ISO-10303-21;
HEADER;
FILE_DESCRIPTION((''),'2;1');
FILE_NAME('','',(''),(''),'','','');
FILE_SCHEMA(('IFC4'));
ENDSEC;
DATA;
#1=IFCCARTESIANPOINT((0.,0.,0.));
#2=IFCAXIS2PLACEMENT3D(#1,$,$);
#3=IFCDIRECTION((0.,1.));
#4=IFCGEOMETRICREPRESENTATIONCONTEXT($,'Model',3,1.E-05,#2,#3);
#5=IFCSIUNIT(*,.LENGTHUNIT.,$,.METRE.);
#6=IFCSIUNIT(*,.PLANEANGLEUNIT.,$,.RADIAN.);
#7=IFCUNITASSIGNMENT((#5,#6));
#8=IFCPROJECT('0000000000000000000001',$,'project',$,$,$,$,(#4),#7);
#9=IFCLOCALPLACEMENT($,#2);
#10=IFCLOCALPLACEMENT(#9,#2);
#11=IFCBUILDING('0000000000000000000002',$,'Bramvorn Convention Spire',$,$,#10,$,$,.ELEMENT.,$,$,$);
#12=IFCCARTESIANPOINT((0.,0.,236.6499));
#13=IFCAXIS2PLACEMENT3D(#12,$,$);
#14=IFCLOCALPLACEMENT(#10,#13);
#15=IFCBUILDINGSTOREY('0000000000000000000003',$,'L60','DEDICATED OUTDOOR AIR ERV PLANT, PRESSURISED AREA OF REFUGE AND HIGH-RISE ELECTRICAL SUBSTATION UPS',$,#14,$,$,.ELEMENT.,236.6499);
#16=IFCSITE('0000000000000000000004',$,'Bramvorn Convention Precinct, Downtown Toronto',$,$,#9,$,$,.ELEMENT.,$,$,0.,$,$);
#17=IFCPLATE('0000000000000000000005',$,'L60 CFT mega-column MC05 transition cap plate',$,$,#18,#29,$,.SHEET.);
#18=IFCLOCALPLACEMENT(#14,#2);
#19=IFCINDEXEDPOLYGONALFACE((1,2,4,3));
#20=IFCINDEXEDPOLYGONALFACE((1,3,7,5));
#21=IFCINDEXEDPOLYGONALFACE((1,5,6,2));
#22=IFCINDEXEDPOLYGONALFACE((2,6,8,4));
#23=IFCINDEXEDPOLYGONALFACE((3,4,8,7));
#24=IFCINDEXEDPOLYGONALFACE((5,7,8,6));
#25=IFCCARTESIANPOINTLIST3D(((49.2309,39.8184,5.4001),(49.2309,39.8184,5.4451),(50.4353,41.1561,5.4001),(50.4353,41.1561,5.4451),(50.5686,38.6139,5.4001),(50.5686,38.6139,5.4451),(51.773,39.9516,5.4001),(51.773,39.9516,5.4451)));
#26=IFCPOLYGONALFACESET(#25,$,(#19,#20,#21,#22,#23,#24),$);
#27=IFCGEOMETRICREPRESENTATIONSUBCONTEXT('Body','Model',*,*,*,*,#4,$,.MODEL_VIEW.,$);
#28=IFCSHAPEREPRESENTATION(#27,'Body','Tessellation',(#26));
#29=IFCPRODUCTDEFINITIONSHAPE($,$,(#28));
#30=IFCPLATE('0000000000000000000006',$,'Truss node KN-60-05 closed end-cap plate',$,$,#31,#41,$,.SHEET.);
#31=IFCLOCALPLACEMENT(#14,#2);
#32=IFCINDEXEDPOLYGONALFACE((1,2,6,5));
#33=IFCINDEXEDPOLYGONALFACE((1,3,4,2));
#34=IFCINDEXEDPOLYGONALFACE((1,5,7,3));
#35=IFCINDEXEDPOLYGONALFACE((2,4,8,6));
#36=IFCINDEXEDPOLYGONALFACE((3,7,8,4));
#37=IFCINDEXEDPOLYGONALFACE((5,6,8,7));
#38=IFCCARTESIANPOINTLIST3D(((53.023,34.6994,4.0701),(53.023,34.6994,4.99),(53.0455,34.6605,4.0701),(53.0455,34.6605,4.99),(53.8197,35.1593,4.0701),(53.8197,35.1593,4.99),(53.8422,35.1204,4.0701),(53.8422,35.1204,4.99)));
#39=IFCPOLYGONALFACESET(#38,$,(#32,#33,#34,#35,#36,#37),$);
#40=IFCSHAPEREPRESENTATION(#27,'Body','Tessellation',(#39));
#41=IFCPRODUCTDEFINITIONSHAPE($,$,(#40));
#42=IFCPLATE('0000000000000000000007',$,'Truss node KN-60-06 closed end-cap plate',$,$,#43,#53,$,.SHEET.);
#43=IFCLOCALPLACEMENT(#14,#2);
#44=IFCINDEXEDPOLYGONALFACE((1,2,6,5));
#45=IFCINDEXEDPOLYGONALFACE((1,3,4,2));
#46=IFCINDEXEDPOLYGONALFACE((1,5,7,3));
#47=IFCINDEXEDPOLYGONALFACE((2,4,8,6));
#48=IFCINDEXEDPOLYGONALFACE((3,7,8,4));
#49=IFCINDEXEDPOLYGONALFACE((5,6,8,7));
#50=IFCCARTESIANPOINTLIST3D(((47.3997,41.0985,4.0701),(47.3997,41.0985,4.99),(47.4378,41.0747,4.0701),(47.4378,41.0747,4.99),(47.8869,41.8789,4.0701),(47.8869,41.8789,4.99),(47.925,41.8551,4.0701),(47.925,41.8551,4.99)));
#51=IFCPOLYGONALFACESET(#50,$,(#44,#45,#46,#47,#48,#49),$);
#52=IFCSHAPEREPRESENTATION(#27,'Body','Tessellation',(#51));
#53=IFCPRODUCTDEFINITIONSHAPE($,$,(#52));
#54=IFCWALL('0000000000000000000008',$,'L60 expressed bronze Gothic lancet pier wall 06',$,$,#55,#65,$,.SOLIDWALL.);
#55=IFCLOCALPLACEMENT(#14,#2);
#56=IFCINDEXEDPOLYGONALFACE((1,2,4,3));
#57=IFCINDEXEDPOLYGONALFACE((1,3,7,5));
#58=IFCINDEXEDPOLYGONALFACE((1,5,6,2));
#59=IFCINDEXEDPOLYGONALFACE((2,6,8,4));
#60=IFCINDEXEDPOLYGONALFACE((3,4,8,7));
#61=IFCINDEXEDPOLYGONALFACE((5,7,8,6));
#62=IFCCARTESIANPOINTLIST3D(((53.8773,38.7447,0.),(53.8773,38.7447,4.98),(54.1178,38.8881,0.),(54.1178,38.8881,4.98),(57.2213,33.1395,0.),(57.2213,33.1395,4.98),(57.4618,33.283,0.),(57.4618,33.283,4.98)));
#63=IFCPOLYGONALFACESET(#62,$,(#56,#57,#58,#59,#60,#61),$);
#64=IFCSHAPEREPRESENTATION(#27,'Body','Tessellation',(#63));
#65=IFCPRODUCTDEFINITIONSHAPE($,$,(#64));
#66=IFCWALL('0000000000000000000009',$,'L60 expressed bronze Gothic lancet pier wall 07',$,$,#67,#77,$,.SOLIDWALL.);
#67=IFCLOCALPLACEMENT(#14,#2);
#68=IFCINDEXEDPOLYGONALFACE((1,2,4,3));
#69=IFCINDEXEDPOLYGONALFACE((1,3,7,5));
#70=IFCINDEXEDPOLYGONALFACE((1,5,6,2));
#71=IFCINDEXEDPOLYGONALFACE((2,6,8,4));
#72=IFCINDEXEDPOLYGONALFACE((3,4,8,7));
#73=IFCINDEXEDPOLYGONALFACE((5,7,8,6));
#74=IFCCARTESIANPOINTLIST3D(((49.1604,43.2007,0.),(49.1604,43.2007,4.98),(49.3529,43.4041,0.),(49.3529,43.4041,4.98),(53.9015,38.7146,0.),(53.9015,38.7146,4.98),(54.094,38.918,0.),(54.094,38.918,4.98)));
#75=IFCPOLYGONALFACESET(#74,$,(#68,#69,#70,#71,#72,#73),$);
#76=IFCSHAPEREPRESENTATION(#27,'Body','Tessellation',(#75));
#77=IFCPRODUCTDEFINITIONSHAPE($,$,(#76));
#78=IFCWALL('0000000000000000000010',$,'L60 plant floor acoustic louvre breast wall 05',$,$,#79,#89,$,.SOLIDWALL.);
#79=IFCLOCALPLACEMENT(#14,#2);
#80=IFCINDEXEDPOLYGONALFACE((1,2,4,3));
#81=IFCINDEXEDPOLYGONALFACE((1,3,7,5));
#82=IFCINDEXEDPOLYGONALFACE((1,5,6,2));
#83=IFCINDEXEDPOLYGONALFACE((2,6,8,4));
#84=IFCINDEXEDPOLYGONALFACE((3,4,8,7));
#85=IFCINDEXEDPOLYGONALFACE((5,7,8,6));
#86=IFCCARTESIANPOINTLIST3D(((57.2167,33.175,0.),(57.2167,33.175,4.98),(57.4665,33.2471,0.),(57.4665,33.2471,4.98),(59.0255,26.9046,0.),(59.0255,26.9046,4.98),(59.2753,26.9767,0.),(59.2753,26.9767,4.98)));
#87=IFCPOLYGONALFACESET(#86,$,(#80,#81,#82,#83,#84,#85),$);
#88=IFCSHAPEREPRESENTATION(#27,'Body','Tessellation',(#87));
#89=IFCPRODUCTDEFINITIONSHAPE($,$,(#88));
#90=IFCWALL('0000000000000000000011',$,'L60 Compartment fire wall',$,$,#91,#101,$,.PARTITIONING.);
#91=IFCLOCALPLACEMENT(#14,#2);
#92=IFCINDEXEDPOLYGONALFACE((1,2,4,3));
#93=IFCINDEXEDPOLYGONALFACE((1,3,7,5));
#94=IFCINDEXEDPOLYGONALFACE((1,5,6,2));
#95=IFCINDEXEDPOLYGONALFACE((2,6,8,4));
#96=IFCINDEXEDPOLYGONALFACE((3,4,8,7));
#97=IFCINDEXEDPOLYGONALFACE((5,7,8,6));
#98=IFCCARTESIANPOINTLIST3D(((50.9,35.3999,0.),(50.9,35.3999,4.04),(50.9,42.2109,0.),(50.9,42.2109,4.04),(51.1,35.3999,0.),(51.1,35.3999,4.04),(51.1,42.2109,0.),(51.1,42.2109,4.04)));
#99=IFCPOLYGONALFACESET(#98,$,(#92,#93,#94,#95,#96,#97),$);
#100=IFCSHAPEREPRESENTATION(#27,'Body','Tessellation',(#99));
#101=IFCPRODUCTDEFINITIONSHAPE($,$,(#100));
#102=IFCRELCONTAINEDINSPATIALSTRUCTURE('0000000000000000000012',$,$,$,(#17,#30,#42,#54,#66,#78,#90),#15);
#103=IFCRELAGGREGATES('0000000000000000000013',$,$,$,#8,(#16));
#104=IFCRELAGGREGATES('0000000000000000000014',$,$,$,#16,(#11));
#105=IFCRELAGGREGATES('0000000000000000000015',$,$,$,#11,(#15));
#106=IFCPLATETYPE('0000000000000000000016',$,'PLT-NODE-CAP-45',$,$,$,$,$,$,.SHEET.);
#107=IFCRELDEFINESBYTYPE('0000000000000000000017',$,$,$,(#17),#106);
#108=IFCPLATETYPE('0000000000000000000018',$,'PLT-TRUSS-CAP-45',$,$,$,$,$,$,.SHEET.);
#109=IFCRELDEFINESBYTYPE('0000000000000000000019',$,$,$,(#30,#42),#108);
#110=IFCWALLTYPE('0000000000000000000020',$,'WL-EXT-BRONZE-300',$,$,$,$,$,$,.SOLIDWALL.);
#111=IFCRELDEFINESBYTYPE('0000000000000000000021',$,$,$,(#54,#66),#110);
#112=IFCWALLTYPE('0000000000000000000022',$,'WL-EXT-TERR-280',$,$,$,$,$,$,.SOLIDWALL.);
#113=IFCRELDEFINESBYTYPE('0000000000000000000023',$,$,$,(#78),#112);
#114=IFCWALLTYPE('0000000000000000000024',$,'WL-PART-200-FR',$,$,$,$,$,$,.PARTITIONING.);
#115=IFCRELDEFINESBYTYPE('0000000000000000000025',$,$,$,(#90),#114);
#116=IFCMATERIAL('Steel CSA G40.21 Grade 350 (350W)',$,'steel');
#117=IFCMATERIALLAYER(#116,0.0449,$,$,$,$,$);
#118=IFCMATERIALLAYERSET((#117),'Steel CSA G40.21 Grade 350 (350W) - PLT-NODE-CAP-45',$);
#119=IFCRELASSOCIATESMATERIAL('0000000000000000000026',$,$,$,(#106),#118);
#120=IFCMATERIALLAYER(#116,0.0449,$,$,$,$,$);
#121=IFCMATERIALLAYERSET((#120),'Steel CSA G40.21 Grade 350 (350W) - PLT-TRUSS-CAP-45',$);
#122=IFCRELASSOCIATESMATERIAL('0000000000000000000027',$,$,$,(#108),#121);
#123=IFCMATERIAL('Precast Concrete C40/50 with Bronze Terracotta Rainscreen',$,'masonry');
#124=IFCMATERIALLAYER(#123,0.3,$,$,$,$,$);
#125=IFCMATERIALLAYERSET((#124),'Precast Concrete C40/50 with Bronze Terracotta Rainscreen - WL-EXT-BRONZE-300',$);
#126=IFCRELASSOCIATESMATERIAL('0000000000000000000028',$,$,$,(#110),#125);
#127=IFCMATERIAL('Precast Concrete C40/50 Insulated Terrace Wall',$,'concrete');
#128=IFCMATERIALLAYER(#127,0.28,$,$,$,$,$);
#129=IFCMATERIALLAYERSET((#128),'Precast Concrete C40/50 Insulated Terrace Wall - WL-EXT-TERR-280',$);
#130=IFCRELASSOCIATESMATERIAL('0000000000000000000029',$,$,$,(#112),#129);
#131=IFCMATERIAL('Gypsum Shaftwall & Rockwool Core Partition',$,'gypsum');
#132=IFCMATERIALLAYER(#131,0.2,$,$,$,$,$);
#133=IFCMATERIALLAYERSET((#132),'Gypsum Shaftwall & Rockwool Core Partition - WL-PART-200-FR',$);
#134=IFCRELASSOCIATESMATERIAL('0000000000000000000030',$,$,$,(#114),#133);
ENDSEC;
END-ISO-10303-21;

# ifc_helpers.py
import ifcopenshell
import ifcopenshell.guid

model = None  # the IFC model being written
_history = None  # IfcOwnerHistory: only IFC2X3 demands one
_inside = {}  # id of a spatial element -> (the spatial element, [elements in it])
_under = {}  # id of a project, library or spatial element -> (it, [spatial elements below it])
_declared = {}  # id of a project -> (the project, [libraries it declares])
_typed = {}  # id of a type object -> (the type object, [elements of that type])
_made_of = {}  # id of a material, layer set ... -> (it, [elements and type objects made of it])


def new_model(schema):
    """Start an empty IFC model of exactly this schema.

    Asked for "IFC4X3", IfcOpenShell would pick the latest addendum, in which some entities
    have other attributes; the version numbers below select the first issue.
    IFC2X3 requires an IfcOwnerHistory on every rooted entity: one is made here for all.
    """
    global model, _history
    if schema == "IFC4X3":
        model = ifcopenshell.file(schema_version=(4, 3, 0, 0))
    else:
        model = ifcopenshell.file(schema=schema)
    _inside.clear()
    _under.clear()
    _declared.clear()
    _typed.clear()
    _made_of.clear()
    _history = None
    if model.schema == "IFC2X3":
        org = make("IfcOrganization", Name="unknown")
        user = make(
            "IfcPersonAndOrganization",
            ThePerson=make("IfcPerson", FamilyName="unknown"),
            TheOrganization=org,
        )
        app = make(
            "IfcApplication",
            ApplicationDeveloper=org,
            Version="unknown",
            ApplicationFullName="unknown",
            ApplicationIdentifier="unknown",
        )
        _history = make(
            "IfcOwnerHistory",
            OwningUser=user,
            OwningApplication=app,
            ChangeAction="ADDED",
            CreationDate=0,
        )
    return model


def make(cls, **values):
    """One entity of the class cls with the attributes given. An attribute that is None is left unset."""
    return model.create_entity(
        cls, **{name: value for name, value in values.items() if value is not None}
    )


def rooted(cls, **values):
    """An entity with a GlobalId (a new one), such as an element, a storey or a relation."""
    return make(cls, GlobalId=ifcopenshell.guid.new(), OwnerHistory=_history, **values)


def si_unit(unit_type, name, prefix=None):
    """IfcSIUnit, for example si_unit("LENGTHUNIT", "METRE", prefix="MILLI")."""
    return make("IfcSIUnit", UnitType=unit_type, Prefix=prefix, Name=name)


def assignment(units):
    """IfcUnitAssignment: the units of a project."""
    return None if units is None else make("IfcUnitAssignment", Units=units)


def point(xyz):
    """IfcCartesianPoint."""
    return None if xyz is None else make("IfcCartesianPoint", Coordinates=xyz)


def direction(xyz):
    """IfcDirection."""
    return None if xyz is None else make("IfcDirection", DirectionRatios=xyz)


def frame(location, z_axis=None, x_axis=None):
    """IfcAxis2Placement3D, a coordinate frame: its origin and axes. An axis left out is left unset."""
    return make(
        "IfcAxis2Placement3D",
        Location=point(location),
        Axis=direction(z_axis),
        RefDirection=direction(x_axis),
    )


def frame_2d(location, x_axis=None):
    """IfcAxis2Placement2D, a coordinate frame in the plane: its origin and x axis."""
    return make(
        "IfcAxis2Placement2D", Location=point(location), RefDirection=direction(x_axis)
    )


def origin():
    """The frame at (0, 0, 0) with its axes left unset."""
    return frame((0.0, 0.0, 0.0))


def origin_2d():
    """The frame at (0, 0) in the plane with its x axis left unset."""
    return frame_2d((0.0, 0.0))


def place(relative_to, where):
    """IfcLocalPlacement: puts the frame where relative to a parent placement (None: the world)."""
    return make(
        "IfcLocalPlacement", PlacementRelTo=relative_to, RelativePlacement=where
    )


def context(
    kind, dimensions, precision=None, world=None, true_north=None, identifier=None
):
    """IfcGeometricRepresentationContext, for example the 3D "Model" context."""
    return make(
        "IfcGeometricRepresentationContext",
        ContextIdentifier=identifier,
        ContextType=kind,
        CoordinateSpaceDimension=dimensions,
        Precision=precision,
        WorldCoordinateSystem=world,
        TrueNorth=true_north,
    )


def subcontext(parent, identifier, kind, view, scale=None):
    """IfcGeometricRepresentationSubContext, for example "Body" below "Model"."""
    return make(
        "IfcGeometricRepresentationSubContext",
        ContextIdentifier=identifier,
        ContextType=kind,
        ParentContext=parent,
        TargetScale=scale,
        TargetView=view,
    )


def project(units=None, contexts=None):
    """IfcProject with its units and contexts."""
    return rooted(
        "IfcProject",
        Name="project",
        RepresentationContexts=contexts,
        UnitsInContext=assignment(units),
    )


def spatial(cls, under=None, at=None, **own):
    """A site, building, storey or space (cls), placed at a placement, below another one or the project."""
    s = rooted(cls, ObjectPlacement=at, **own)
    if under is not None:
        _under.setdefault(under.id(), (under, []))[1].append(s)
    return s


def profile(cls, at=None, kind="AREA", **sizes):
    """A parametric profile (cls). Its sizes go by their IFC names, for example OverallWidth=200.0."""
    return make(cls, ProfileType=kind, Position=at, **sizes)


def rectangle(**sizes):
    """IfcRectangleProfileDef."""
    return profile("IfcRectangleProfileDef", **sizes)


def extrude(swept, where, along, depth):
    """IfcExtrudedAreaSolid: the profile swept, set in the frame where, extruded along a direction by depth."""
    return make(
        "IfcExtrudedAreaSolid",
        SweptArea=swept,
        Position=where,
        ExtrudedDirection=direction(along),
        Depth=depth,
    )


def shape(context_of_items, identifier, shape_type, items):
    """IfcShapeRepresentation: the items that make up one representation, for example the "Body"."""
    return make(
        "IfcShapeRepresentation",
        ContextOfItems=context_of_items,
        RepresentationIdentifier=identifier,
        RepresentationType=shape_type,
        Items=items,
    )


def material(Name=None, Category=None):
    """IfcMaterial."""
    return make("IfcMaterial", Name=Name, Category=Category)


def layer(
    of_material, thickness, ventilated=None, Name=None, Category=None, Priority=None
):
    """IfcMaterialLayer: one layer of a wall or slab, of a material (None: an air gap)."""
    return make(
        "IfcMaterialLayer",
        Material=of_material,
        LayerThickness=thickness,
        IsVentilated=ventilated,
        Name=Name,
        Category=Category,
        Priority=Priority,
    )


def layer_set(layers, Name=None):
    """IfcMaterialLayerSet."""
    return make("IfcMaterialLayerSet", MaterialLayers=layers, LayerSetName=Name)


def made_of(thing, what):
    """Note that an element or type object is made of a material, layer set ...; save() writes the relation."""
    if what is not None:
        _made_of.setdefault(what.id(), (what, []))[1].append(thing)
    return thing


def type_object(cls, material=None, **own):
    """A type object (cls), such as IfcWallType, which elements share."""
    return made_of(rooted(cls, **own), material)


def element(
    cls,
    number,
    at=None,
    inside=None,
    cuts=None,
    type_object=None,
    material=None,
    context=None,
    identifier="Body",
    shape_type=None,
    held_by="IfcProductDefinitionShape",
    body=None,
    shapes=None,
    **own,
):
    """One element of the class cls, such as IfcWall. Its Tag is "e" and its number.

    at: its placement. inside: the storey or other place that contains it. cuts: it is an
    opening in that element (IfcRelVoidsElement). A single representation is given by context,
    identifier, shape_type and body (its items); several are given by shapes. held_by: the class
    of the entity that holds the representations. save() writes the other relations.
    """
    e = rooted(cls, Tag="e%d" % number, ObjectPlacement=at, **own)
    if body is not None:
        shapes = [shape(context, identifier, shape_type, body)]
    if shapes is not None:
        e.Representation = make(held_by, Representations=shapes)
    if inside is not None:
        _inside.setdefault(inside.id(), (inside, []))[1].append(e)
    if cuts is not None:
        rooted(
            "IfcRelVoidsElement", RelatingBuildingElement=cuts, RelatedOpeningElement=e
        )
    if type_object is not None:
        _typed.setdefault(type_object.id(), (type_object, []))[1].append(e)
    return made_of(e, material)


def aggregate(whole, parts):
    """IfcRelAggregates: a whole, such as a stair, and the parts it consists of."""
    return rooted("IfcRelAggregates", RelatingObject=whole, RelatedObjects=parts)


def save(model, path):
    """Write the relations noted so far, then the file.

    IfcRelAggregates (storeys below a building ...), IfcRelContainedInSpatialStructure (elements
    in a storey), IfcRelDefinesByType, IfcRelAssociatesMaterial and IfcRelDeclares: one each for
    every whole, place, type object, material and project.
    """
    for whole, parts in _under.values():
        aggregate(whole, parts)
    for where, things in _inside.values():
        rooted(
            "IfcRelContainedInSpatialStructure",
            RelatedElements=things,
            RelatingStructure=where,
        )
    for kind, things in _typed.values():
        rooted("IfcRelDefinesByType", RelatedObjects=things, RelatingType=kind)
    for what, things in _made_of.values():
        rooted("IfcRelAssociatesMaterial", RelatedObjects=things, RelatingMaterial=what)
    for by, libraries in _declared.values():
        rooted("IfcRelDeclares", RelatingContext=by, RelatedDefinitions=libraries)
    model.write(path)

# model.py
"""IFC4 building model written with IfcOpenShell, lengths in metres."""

from ifc_helpers import new_model, si_unit, direction, frame, frame_2d, origin, origin_2d, place, context, subcontext, project, spatial, rectangle, extrude, material, layer, layer_set, type_object, element, save


model = new_model("IFC4")

# Units and contexts
model_context = context("Model", 3, precision=1e-05, world=origin(), true_north=direction((0.0, 1.0)))
body_context = subcontext(model_context, "Body", "Model", "MODEL_VIEW")
ifc_project = project(units=[si_unit("LENGTHUNIT", "METRE"), si_unit("PLANEANGLEUNIT", "RADIAN")], contexts=[model_context])

# Site, building, storey
site_placement = place(None, origin())
site = spatial("IfcSite", under=ifc_project, at=site_placement, Name="Bramvorn Convention Precinct, Downtown Toronto", CompositionType="ELEMENT", RefElevation=0.0)
building_placement = place(site_placement, origin())
building = spatial("IfcBuilding", under=site, at=building_placement, Name="Bramvorn Convention Spire", CompositionType="ELEMENT")
storey_placement = place(building_placement, frame((0.0, 0.0, 236.6499)))
storey = spatial("IfcBuildingStorey", under=building, at=storey_placement, Name="L60", Description="DEDICATED OUTDOOR AIR ERV PLANT, PRESSURISED AREA OF REFUGE AND HIGH-RISE ELECTRICAL SUBSTATION UPS", CompositionType="ELEMENT", Elevation=236.6499)

# Shared definitions
ifc_material_1 = material(Name="Steel CSA G40.21 Grade 350 (350W)", Category="steel")

# Plates
ifc_layer_1 = layer(ifc_material_1, 0.0449)
ifc_layer_set_1 = layer_set([ifc_layer_1], Name="Steel CSA G40.21 Grade 350 (350W) - PLT-NODE-CAP-45")
plate_type_1 = type_object("IfcPlateType", Name="PLT-NODE-CAP-45", PredefinedType="SHEET", material=ifc_layer_set_1)
plate_placement = place(storey_placement, frame((50.502, 39.885, 5.4001), z_axis=(0.0, 0.0, 1.0), x_axis=(0.66913, 0.743145, 0.0)))
element("IfcPlate", 1, at=plate_placement, inside=storey, type_object=plate_type_1, Name="L60 CFT mega-column MC05 transition cap plate", PredefinedType="SHEET", context=body_context, shape_type="SweptSolid", body=[
    extrude(rectangle(XDim=1.8, YDim=1.8, at=origin_2d()), origin(), (0.0, 0.0, 1.0), 0.0449),
])
ifc_layer_2 = layer(ifc_material_1, 0.0449)
ifc_layer_set_2 = layer_set([ifc_layer_2], Name="Steel CSA G40.21 Grade 350 (350W) - PLT-TRUSS-CAP-45")
plate_type_2 = type_object("IfcPlateType", Name="PLT-TRUSS-CAP-45", PredefinedType="SHEET", material=ifc_layer_set_2)
for number, where, z_axis, x_axis, name in (
    (2, (53.4326, 34.9099, 4.0701), (0.0, 0.0, 1.0), (0.866026, 0.499999, 0.0), "Truss node KN-60-05 closed end-cap plate"),
    (3, (47.6624, 41.4768, 4.0701), (0.0, 0.0, 1.0), (0.529581, 0.848259, 0.0), "Truss node KN-60-06 closed end-cap plate"),
):
    element("IfcPlate", number, at=place(storey_placement, frame(where, z_axis=z_axis, x_axis=x_axis)), inside=storey, type_object=plate_type_2, Name=name, PredefinedType="SHEET", context=body_context, shape_type="SweptSolid", body=[
        extrude(rectangle(XDim=0.9199, YDim=0.0449, at=origin_2d()), origin(), (0.0, 0.0, 1.0), 0.9199),
    ])

# Walls
ifc_material_2 = material(Name="Precast Concrete C40/50 with Bronze Terracotta Rainscreen", Category="masonry")
ifc_layer_3 = layer(ifc_material_2, 0.3)
ifc_layer_set_3 = layer_set([ifc_layer_3], Name="Precast Concrete C40/50 with Bronze Terracotta Rainscreen - WL-EXT-BRONZE-300")
wall_type_1 = type_object("IfcWallType", Name="WL-EXT-BRONZE-300", PredefinedType="SOLIDWALL", material=ifc_layer_set_3)
wall_1_placement = place(storey_placement, frame((53.9976, 38.8164, 0.0), z_axis=(0.0, 0.0, 1.0), x_axis=(0.512338, -0.858784, 0.0)))
element("IfcWall", 4, at=wall_1_placement, inside=storey, type_object=wall_type_1, Name="L60 expressed bronze Gothic lancet pier wall 06", PredefinedType="SOLIDWALL", context=body_context, shape_type="SweptSolid", body=[
    extrude(rectangle(XDim=6.5269, YDim=0.28, at=frame_2d((3.2634, 0.0))), origin(), (0.0, 0.0, 1.0), 4.98),
])
wall_2_placement = place(storey_placement, frame((49.2566, 43.3025, 0.0), z_axis=(0.0, 0.0, 1.0), x_axis=(0.726362, -0.687312, 0.0)))
element("IfcWall", 5, at=wall_2_placement, inside=storey, type_object=wall_type_1, Name="L60 expressed bronze Gothic lancet pier wall 07", PredefinedType="SOLIDWALL", context=body_context, shape_type="SweptSolid", body=[
    extrude(rectangle(XDim=6.5271, YDim=0.28, at=frame_2d((3.2637, 0.0))), origin(), (0.0, 0.0, 1.0), 4.98),
])
ifc_material_3 = material(Name="Precast Concrete C40/50 Insulated Terrace Wall", Category="concrete")
ifc_layer_4 = layer(ifc_material_3, 0.28)
ifc_layer_set_4 = layer_set([ifc_layer_4], Name="Precast Concrete C40/50 Insulated Terrace Wall - WL-EXT-TERR-280")
wall_type_2 = type_object("IfcWallType", Name="WL-EXT-TERR-280", PredefinedType="SOLIDWALL", material=ifc_layer_set_4)
wall_3_placement = place(storey_placement, frame((57.3416, 33.2112, 0.0), z_axis=(0.0, 0.0, 1.0), x_axis=(0.277166, -0.960822, 0.0)))
element("IfcWall", 6, at=wall_3_placement, inside=storey, type_object=wall_type_2, Name="L60 plant floor acoustic louvre breast wall 05", PredefinedType="SOLIDWALL", context=body_context, shape_type="SweptSolid", body=[
    extrude(rectangle(XDim=6.5261, YDim=0.26, at=frame_2d((3.2632, 0.0))), origin(), (0.0, 0.0, 1.0), 4.98),
])
ifc_material_4 = material(Name="Gypsum Shaftwall & Rockwool Core Partition", Category="gypsum")
ifc_layer_5 = layer(ifc_material_4, 0.2)
ifc_layer_set_5 = layer_set([ifc_layer_5], Name="Gypsum Shaftwall & Rockwool Core Partition - WL-PART-200-FR")
wall_type_3 = type_object("IfcWallType", Name="WL-PART-200-FR", PredefinedType="PARTITIONING", material=ifc_layer_set_5)
wall_4_placement = place(storey_placement, frame((51.0, 35.3999, 0.0), z_axis=(0.0, 0.0, 1.0), x_axis=(0.0, 1.0, 0.0)))
element("IfcWall", 7, at=wall_4_placement, inside=storey, type_object=wall_type_3, Name="L60 Compartment fire wall", PredefinedType="PARTITIONING", context=body_context, shape_type="SweptSolid", body=[
    extrude(rectangle(XDim=6.811, YDim=0.2, at=frame_2d((3.4055, 0.0))), origin(), (0.0, 0.0, 1.0), 4.04),
])

save(model, "model.ifc")
